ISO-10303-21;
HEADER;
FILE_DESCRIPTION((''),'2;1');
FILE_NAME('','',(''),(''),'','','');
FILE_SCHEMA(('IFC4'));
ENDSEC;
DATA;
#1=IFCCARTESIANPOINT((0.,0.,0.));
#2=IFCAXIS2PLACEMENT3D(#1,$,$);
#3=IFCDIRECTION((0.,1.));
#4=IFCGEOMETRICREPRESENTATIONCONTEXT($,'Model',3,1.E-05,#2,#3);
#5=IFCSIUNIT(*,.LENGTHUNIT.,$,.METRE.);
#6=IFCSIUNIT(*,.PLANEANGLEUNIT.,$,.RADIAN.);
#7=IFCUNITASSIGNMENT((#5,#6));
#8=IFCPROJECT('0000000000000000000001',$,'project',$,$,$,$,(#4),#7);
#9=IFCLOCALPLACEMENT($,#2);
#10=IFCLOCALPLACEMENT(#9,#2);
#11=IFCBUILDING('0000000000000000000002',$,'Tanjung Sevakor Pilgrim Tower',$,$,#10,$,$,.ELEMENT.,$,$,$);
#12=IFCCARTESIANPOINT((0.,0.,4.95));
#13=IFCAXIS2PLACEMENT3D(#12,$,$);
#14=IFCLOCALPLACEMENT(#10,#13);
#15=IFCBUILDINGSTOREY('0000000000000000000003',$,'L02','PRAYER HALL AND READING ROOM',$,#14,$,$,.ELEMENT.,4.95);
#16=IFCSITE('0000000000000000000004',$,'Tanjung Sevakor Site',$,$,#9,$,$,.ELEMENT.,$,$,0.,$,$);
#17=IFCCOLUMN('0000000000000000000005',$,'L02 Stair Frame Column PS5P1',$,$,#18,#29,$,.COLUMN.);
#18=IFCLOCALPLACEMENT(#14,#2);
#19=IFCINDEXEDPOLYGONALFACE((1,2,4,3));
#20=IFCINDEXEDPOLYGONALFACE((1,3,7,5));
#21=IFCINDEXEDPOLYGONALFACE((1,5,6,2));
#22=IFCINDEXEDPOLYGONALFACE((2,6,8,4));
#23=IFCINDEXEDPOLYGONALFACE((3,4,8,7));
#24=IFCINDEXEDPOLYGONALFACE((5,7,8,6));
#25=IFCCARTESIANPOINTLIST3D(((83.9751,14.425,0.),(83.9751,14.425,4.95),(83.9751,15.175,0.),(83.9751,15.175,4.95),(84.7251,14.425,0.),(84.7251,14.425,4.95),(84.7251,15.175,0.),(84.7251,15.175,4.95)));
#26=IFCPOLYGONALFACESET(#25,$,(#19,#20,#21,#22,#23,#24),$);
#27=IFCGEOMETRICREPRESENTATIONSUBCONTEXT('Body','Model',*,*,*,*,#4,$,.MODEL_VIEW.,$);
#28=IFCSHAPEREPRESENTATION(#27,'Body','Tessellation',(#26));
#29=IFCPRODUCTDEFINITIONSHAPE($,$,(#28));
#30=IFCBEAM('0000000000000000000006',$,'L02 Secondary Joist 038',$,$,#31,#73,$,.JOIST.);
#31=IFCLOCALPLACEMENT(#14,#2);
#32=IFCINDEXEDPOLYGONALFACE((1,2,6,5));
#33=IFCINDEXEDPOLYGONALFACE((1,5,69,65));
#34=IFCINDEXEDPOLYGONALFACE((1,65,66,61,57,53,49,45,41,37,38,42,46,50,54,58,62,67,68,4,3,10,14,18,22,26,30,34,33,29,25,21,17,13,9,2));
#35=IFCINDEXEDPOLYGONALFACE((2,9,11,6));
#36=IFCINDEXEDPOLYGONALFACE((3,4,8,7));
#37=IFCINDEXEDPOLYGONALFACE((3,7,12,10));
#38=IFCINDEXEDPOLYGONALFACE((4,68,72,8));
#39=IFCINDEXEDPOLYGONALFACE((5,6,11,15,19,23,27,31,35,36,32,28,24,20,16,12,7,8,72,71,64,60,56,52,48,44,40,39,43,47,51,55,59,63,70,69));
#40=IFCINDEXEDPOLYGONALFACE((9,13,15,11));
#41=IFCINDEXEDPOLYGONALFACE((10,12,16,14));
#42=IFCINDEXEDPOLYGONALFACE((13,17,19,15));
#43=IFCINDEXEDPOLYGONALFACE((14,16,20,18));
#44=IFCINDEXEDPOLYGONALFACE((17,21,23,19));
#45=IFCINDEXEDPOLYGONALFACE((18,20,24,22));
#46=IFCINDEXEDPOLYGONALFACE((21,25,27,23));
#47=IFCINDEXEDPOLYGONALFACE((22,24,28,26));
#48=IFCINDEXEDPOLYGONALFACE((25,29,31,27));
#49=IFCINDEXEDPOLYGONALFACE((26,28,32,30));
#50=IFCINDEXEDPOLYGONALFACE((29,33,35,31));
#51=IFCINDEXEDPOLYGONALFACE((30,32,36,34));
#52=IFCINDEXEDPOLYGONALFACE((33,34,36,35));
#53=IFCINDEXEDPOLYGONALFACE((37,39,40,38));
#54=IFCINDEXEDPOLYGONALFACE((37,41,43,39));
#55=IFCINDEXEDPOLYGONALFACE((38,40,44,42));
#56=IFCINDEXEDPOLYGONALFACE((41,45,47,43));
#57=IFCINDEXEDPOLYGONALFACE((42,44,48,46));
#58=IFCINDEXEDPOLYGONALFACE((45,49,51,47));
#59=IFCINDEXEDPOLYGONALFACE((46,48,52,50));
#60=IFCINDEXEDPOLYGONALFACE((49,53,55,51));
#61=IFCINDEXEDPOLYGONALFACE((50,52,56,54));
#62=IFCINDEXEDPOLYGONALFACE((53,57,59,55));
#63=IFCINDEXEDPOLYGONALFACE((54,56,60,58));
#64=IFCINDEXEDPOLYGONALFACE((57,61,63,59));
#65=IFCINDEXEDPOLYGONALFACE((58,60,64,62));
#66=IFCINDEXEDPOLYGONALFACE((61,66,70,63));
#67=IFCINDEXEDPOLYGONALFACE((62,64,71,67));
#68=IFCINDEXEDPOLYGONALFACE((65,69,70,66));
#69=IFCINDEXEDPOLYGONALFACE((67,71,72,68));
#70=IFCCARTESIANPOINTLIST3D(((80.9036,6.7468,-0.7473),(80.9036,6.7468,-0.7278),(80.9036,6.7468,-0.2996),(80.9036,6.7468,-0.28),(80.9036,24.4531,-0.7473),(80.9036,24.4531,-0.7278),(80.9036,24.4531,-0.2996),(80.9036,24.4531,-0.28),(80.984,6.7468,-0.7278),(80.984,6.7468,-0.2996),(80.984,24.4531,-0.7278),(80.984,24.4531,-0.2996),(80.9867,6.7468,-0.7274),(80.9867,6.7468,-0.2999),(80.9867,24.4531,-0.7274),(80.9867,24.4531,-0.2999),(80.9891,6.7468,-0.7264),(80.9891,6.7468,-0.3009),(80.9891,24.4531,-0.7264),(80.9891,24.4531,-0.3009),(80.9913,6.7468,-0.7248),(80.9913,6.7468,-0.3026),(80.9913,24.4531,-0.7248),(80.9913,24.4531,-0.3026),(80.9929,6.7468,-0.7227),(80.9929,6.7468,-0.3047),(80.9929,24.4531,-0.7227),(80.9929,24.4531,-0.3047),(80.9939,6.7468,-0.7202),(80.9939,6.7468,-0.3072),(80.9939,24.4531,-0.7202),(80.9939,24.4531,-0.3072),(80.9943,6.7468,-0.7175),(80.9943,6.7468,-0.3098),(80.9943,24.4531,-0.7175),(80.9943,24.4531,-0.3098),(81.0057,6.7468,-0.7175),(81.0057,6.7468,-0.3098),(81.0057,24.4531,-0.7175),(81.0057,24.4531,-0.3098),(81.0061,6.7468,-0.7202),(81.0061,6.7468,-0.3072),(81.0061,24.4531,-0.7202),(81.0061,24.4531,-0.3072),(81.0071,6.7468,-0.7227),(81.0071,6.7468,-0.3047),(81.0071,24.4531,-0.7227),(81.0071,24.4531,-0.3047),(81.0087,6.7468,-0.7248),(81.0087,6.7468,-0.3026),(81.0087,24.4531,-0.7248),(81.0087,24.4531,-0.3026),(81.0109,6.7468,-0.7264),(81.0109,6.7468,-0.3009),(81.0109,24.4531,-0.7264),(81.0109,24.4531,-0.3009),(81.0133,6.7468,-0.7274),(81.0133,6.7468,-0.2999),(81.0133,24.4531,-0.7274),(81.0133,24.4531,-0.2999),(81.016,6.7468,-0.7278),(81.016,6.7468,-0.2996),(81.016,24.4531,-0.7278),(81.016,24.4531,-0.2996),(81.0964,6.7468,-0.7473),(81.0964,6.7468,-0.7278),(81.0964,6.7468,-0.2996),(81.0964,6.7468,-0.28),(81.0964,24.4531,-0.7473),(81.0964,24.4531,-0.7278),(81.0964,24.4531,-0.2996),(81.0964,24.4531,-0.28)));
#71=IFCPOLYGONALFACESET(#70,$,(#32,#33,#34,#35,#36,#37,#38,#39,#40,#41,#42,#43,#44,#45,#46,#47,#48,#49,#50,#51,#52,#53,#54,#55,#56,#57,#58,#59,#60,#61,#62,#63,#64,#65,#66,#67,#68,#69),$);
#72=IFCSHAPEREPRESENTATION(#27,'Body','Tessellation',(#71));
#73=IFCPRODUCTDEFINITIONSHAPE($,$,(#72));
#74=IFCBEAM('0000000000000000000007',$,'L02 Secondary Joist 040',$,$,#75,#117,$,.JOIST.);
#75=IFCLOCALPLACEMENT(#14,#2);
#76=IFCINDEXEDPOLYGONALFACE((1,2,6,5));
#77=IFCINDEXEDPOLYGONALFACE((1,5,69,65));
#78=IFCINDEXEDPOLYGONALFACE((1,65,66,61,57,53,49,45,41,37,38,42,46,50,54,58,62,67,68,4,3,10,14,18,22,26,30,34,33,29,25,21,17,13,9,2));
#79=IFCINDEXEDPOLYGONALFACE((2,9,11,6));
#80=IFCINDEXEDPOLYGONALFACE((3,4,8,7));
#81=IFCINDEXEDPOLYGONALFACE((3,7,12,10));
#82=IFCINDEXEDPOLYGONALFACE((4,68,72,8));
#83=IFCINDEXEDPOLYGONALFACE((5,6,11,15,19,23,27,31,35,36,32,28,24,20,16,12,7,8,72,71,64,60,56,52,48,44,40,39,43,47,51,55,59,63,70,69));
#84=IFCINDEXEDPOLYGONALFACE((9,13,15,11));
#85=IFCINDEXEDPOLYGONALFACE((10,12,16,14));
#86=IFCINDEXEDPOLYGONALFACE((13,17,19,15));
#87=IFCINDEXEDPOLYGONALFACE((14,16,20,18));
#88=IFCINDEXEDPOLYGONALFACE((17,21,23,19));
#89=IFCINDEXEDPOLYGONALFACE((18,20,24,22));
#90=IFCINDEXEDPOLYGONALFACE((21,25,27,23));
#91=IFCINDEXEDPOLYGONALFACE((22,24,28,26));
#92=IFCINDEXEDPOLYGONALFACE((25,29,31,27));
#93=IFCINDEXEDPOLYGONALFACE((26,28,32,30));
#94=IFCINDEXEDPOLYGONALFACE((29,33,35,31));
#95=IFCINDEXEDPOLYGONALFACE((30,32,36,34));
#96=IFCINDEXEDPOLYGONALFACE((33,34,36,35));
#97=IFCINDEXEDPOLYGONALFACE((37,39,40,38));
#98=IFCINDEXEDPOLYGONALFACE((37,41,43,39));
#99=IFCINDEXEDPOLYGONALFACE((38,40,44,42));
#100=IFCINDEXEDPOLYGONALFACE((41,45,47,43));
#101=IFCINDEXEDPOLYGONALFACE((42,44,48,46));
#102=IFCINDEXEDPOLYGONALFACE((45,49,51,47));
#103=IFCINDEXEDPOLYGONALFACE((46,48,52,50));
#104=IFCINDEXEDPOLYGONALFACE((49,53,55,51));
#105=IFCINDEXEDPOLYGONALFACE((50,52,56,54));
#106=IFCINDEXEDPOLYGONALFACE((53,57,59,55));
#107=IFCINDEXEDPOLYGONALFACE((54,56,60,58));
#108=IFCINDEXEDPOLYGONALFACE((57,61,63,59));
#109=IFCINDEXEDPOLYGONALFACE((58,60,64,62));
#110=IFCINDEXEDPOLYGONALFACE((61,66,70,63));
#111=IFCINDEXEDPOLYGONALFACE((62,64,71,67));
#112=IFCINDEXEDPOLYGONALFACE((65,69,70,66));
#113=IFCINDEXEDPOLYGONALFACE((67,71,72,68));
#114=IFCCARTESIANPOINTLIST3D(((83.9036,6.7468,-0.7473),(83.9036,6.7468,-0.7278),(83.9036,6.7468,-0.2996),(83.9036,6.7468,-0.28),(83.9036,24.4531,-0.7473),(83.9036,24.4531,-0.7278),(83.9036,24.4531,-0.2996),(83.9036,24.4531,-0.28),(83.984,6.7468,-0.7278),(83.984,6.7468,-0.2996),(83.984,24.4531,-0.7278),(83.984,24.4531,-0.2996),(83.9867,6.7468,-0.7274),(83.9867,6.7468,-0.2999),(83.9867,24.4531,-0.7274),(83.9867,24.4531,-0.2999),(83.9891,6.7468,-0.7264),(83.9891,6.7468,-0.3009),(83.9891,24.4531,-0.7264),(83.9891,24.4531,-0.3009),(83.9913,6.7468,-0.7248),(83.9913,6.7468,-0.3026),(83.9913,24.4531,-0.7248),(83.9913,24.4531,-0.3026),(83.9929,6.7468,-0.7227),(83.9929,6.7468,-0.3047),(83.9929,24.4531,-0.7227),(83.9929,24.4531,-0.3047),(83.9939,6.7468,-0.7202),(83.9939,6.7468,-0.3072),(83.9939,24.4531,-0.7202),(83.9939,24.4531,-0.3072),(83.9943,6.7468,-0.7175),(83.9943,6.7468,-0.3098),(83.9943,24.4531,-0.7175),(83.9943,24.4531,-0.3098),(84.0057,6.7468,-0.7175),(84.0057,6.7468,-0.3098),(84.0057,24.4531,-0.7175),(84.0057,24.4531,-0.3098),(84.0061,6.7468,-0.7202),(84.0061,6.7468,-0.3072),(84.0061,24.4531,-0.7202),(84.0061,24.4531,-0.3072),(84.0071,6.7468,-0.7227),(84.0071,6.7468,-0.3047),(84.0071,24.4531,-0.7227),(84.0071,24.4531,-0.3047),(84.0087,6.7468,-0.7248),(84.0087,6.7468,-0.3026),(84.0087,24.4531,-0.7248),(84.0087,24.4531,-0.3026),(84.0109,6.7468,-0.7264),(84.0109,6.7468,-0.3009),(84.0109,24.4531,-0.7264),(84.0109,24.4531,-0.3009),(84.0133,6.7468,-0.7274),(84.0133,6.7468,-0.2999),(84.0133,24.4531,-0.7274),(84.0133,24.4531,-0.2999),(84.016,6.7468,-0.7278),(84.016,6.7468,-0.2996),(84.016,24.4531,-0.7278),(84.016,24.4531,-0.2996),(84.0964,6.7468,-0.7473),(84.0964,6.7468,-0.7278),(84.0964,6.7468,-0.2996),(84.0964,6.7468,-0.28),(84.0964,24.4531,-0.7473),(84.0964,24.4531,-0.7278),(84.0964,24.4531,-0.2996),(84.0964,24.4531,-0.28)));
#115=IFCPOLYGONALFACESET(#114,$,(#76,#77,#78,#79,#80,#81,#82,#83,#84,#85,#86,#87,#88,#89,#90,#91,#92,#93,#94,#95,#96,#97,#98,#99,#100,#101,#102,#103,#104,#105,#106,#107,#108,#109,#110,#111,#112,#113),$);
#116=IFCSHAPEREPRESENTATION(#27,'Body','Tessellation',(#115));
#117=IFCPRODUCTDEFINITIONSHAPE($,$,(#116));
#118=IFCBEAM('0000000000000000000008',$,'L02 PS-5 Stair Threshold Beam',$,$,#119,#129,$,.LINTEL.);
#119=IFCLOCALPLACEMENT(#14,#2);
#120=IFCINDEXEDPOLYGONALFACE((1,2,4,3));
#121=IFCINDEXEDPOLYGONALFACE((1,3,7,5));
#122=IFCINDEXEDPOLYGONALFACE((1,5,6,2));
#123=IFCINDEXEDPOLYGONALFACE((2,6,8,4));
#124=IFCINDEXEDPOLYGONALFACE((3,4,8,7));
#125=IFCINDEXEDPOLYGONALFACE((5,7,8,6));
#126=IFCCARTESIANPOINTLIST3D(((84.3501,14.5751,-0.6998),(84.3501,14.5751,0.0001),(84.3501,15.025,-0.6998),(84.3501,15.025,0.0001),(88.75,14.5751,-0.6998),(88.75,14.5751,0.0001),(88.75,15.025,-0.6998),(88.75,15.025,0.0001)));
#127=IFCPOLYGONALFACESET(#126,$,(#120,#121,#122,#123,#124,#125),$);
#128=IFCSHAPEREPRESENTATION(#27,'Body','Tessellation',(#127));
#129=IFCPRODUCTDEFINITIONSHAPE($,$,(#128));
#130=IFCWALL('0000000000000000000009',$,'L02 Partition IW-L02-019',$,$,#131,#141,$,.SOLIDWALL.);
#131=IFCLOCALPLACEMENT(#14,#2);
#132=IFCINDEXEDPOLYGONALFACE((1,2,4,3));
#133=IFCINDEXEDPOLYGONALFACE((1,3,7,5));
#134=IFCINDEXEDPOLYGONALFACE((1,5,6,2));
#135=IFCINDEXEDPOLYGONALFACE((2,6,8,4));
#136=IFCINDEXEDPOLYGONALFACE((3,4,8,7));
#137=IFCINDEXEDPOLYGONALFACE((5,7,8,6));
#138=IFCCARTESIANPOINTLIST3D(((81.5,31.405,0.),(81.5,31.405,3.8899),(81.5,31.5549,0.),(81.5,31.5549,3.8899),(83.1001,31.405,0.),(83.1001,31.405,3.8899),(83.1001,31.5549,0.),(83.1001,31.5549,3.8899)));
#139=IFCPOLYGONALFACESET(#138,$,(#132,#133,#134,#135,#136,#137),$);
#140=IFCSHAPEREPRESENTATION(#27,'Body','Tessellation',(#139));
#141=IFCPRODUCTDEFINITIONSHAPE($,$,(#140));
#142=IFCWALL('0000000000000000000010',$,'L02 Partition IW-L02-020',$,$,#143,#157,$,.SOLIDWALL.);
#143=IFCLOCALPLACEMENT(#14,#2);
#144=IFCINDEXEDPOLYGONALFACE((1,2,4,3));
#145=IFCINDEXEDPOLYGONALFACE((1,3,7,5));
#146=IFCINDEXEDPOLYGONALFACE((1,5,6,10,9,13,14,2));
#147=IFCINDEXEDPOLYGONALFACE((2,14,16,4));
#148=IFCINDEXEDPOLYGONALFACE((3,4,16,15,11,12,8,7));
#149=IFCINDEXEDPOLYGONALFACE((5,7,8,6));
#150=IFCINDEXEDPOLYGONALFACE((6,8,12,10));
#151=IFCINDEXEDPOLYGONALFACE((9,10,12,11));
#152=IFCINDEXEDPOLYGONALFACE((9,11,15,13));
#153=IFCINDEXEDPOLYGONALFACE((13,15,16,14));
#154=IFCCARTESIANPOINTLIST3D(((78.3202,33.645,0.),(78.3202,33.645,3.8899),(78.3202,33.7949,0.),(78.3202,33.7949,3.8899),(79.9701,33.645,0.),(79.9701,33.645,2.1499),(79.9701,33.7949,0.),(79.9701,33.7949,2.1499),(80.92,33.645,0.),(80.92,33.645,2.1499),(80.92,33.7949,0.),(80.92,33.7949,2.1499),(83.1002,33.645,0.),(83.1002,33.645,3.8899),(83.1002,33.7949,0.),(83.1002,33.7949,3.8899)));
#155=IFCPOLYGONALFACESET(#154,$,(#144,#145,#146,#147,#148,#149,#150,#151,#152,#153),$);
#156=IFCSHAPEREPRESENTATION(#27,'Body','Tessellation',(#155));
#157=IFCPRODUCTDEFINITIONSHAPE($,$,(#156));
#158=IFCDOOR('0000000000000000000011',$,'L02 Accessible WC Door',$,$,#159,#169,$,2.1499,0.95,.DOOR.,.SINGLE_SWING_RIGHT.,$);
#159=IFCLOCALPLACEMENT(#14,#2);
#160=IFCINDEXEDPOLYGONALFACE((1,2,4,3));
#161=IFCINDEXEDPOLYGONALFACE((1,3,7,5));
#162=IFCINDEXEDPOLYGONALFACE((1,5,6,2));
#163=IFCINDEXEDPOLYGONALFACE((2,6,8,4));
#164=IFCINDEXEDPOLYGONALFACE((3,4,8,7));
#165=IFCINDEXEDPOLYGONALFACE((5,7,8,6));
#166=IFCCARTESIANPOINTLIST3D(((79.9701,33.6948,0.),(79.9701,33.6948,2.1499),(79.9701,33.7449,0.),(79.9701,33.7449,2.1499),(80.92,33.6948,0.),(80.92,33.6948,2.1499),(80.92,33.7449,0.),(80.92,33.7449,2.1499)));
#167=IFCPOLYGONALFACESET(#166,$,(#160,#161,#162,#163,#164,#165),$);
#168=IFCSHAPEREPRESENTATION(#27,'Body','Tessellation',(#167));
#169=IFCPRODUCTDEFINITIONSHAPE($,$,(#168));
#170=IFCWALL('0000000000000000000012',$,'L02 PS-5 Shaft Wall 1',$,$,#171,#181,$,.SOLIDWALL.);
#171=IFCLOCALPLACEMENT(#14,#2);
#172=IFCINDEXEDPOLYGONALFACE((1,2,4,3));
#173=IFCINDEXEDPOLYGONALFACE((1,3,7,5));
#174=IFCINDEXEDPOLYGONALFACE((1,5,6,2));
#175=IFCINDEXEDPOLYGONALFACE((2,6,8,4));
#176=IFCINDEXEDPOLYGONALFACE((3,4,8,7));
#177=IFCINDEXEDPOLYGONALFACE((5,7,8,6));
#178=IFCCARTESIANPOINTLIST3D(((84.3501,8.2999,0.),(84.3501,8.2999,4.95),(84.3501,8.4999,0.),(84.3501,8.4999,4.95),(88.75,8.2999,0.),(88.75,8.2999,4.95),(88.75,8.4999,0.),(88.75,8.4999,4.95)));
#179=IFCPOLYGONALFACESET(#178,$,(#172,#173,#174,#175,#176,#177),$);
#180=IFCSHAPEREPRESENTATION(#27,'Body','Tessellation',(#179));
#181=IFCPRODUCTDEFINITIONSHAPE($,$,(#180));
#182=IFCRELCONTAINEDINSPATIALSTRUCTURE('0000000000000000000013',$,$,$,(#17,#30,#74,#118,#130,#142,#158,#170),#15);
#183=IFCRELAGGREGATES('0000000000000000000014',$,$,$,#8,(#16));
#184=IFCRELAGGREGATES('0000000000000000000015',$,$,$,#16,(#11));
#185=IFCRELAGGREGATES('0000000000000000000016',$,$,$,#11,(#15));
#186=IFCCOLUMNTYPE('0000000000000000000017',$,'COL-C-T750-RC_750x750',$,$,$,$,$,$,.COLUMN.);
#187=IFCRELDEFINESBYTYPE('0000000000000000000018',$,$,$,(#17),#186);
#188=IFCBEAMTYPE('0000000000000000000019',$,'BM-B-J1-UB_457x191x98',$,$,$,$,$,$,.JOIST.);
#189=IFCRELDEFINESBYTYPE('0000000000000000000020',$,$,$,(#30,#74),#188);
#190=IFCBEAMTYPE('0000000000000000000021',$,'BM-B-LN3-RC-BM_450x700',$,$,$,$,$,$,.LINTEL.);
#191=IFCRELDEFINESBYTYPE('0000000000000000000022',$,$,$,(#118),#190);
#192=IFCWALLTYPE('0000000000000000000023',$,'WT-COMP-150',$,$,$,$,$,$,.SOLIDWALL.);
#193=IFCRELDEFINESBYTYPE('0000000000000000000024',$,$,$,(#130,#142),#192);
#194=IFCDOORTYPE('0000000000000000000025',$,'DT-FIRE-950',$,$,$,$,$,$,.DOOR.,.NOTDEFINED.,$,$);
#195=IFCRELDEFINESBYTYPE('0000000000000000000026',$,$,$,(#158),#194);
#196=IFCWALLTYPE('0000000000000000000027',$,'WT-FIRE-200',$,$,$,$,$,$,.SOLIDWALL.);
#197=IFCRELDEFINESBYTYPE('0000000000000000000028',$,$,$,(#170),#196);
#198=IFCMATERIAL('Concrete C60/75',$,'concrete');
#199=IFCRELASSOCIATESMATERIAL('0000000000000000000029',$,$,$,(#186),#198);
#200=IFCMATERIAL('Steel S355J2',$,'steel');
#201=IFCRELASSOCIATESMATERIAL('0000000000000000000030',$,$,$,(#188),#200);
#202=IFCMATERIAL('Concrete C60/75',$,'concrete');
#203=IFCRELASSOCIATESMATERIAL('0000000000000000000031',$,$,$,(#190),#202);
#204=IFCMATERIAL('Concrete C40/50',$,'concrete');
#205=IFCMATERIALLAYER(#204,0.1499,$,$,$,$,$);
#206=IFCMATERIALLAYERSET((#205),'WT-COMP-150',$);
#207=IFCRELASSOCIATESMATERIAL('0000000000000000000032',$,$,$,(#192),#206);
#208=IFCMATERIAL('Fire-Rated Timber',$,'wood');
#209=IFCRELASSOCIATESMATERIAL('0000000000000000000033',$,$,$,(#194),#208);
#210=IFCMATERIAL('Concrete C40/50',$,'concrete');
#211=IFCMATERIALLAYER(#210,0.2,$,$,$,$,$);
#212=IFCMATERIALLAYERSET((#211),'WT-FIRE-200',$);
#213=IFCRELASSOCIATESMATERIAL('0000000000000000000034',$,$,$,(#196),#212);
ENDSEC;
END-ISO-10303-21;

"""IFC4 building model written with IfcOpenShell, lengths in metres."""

from ifc_helpers import new_model, si_unit, direction, frame, frame_2d, origin, origin_2d, place, context, subcontext, project, spatial, rectangle, i_section, extrude, material, layer, layer_set, material_profile, profile_set, type_object, element, fill, save


model = new_model("IFC4")

# Units and contexts
model_context = context("Model", 3, precision=1e-05, world=origin(), true_north=direction((0.0, 1.0)))
body_context = subcontext(model_context, "Body", "Model", "MODEL_VIEW")
ifc_project = project(units=[si_unit("LENGTHUNIT", "METRE"), si_unit("PLANEANGLEUNIT", "RADIAN")], contexts=[model_context])

# Site, building, storey
site_placement = place(None, origin())
site = spatial("IfcSite", under=ifc_project, at=site_placement, Name="Tanjung Sevakor Site", CompositionType="ELEMENT", RefElevation=0.0)
building_placement = place(site_placement, origin())
building = spatial("IfcBuilding", under=site, at=building_placement, Name="Tanjung Sevakor Pilgrim Tower", CompositionType="ELEMENT")
storey_placement = place(building_placement, frame((0.0, 0.0, 4.95)))
storey = spatial("IfcBuildingStorey", under=building, at=storey_placement, Name="L02", Description="PRAYER HALL AND READING ROOM", CompositionType="ELEMENT", Elevation=4.95)

# Column
ifc_material_1 = material(Name="Concrete C60/75", Category="concrete")
ifc_material_profile_1 = material_profile(ifc_material_1, rectangle(XDim=0.75, YDim=0.75, at=origin_2d()))
ifc_profile_set_1 = profile_set([ifc_material_profile_1], Name="Concrete C60/75")
column_type = type_object("IfcColumnType", Name="COL-C-T750-RC_750x750", PredefinedType="COLUMN", material=ifc_profile_set_1)
column_placement = place(storey_placement, frame((84.3501, 14.8, 0.0), z_axis=(0.0, 0.0, 1.0), x_axis=(1.0, 0.0, 0.0)))
element("IfcColumn", 1, at=column_placement, inside=storey, type_object=column_type, Name="L02 Stair Frame Column PS5P1", PredefinedType="COLUMN", context=body_context, shape_type="SweptSolid", body=[
    extrude(rectangle(XDim=0.75, YDim=0.75, at=origin_2d()), origin(), (0.0, 0.0, 1.0), 4.95),
])

# Beams
ifc_material_2 = material(Name="Steel S355J2", Category="steel")
ifc_material_profile_2 = material_profile(ifc_material_2, i_section(OverallWidth=0.1929, OverallDepth=0.4673, WebThickness=0.0115, FlangeThickness=0.0195, FilletRadius=0.0103, at=origin_2d()))
ifc_profile_set_2 = profile_set([ifc_material_profile_2], Name="Steel S355J2")
beam_type_1 = type_object("IfcBeamType", Name="BM-B-J1-UB_457x191x98", PredefinedType="JOIST", material=ifc_profile_set_2)
for number, where, z_axis, x_axis, name in (
    (2, (81.0, 6.7468, -0.5137), (0.0, 1.0, 0.0), (-1.0, 0.0, 0.0), "L02 Secondary Joist 038"),
    (3, (84.0, 6.7468, -0.5137), (0.0, 1.0, 0.0), (-1.0, 0.0, 0.0), "L02 Secondary Joist 040"),
):
    element("IfcBeam", number, at=place(storey_placement, frame(where, z_axis=z_axis, x_axis=x_axis)), inside=storey, type_object=beam_type_1, Name=name, PredefinedType="JOIST", context=body_context, shape_type="SweptSolid", body=[
        extrude(i_section(OverallWidth=0.1929, OverallDepth=0.4673, WebThickness=0.0115, FlangeThickness=0.0195, FilletRadius=0.0103, at=origin_2d()), origin(), (0.0, 0.0, 1.0), 17.7063),
    ])
ifc_material_3 = material(Name="Concrete C60/75", Category="concrete")
ifc_material_profile_3 = material_profile(ifc_material_3, rectangle(XDim=0.45, YDim=0.7, at=origin_2d()))
ifc_profile_set_3 = profile_set([ifc_material_profile_3], Name="Concrete C60/75")
beam_type_2 = type_object("IfcBeamType", Name="BM-B-LN3-RC-BM_450x700", PredefinedType="LINTEL", material=ifc_profile_set_3)
beam_placement = place(storey_placement, frame((84.3501, 14.8, -0.3499), z_axis=(1.0, 0.0, 0.0), x_axis=(0.0, 1.0, 0.0)))
element("IfcBeam", 4, at=beam_placement, inside=storey, type_object=beam_type_2, Name="L02 PS-5 Stair Threshold Beam", PredefinedType="LINTEL", context=body_context, shape_type="SweptSolid", body=[
    extrude(rectangle(XDim=0.45, YDim=0.7, at=origin_2d()), origin(), (0.0, 0.0, 1.0), 4.3999),
])

# Wall
ifc_material_4 = material(Name="Concrete C40/50", Category="concrete")
ifc_layer_1 = layer(ifc_material_4, 0.1499)
ifc_layer_set_1 = layer_set([ifc_layer_1], Name="WT-COMP-150")
wall_type_1 = type_object("IfcWallType", Name="WT-COMP-150", PredefinedType="SOLIDWALL", material=ifc_layer_set_1)
wall_1_placement = place(storey_placement, frame((81.5, 31.48, 0.0), z_axis=(0.0, 0.0, 1.0), x_axis=(1.0, 0.0, 0.0)))
element("IfcWall", 5, at=wall_1_placement, inside=storey, type_object=wall_type_1, Name="L02 Partition IW-L02-019", PredefinedType="SOLIDWALL", context=body_context, shape_type="SweptSolid", body=[
    extrude(rectangle(XDim=1.6001, YDim=0.1499, at=frame_2d((0.8, 0.0))), origin(), (0.0, 0.0, 1.0), 3.8899),
])

# Wall, opening, door
wall_2_placement = place(storey_placement, frame((78.3201, 33.72, 0.0), z_axis=(0.0, 0.0, 1.0), x_axis=(1.0, 0.0, 0.0)))
wall_2 = element("IfcWall", 6, at=wall_2_placement, inside=storey, type_object=wall_type_1, Name="L02 Partition IW-L02-020", PredefinedType="SOLIDWALL", context=body_context, shape_type="SweptSolid", body=[
    extrude(rectangle(XDim=4.78, YDim=0.1499, at=frame_2d((2.3901, 0.0))), origin(), (0.0, 0.0, 1.0), 3.8899),
])
opening_1_placement = place(wall_2_placement, frame((1.6499, 0.0, 0.0)))
opening_1 = element("IfcOpeningElement", 7, at=opening_1_placement, cuts=wall_2, PredefinedType="OPENING", context=body_context, shape_type="SweptSolid", body=[
    extrude(rectangle(XDim=0.95, YDim=2.1499, at=frame_2d((0.4751, 1.075))), frame((0.0, 0.085, 0.0), z_axis=(0.0, -1.0, 0.0), x_axis=(1.0, 0.0, 0.0)), (0.0, 0.0, 1.0), 0.1699),
])
ifc_material_5 = material(Name="Fire-Rated Timber", Category="wood")
door_type_1 = type_object("IfcDoorType", Name="DT-FIRE-950", OperationType="NOTDEFINED", PredefinedType="DOOR", material=ifc_material_5)
door_1_placement = place(opening_1_placement, origin())
door_1 = element("IfcDoor", 8, at=door_1_placement, inside=storey, type_object=door_type_1, Name="L02 Accessible WC Door", OperationType="SINGLE_SWING_RIGHT", OverallHeight=2.1499, OverallWidth=0.95, PredefinedType="DOOR", context=body_context, shape_type="SweptSolid", body=[
    extrude(rectangle(XDim=0.95, YDim=2.1499, at=frame_2d((0.4751, 1.075))), frame((0.0, 0.0249, 0.0), z_axis=(0.0, -1.0, 0.0), x_axis=(1.0, 0.0, 0.0)), (0.0, 0.0, 1.0), 0.05),
])
fill(opening_1, door_1)

# Wall
ifc_material_6 = material(Name="Concrete C40/50", Category="concrete")
ifc_layer_2 = layer(ifc_material_6, 0.2)
ifc_layer_set_2 = layer_set([ifc_layer_2], Name="WT-FIRE-200")
wall_type_2 = type_object("IfcWallType", Name="WT-FIRE-200", PredefinedType="SOLIDWALL", material=ifc_layer_set_2)
wall_3_placement = place(storey_placement, frame((84.3501, 8.3999, 0.0), z_axis=(0.0, 0.0, 1.0), x_axis=(1.0, 0.0, 0.0)))
element("IfcWall", 9, at=wall_3_placement, inside=storey, type_object=wall_type_2, Name="L02 PS-5 Shaft Wall 1", PredefinedType="SOLIDWALL", context=body_context, shape_type="SweptSolid", body=[
    extrude(rectangle(XDim=4.3999, YDim=0.2, at=frame_2d((2.2, 0.0))), origin(), (0.0, 0.0, 1.0), 4.95),
])

save(model, "model.ifc")
